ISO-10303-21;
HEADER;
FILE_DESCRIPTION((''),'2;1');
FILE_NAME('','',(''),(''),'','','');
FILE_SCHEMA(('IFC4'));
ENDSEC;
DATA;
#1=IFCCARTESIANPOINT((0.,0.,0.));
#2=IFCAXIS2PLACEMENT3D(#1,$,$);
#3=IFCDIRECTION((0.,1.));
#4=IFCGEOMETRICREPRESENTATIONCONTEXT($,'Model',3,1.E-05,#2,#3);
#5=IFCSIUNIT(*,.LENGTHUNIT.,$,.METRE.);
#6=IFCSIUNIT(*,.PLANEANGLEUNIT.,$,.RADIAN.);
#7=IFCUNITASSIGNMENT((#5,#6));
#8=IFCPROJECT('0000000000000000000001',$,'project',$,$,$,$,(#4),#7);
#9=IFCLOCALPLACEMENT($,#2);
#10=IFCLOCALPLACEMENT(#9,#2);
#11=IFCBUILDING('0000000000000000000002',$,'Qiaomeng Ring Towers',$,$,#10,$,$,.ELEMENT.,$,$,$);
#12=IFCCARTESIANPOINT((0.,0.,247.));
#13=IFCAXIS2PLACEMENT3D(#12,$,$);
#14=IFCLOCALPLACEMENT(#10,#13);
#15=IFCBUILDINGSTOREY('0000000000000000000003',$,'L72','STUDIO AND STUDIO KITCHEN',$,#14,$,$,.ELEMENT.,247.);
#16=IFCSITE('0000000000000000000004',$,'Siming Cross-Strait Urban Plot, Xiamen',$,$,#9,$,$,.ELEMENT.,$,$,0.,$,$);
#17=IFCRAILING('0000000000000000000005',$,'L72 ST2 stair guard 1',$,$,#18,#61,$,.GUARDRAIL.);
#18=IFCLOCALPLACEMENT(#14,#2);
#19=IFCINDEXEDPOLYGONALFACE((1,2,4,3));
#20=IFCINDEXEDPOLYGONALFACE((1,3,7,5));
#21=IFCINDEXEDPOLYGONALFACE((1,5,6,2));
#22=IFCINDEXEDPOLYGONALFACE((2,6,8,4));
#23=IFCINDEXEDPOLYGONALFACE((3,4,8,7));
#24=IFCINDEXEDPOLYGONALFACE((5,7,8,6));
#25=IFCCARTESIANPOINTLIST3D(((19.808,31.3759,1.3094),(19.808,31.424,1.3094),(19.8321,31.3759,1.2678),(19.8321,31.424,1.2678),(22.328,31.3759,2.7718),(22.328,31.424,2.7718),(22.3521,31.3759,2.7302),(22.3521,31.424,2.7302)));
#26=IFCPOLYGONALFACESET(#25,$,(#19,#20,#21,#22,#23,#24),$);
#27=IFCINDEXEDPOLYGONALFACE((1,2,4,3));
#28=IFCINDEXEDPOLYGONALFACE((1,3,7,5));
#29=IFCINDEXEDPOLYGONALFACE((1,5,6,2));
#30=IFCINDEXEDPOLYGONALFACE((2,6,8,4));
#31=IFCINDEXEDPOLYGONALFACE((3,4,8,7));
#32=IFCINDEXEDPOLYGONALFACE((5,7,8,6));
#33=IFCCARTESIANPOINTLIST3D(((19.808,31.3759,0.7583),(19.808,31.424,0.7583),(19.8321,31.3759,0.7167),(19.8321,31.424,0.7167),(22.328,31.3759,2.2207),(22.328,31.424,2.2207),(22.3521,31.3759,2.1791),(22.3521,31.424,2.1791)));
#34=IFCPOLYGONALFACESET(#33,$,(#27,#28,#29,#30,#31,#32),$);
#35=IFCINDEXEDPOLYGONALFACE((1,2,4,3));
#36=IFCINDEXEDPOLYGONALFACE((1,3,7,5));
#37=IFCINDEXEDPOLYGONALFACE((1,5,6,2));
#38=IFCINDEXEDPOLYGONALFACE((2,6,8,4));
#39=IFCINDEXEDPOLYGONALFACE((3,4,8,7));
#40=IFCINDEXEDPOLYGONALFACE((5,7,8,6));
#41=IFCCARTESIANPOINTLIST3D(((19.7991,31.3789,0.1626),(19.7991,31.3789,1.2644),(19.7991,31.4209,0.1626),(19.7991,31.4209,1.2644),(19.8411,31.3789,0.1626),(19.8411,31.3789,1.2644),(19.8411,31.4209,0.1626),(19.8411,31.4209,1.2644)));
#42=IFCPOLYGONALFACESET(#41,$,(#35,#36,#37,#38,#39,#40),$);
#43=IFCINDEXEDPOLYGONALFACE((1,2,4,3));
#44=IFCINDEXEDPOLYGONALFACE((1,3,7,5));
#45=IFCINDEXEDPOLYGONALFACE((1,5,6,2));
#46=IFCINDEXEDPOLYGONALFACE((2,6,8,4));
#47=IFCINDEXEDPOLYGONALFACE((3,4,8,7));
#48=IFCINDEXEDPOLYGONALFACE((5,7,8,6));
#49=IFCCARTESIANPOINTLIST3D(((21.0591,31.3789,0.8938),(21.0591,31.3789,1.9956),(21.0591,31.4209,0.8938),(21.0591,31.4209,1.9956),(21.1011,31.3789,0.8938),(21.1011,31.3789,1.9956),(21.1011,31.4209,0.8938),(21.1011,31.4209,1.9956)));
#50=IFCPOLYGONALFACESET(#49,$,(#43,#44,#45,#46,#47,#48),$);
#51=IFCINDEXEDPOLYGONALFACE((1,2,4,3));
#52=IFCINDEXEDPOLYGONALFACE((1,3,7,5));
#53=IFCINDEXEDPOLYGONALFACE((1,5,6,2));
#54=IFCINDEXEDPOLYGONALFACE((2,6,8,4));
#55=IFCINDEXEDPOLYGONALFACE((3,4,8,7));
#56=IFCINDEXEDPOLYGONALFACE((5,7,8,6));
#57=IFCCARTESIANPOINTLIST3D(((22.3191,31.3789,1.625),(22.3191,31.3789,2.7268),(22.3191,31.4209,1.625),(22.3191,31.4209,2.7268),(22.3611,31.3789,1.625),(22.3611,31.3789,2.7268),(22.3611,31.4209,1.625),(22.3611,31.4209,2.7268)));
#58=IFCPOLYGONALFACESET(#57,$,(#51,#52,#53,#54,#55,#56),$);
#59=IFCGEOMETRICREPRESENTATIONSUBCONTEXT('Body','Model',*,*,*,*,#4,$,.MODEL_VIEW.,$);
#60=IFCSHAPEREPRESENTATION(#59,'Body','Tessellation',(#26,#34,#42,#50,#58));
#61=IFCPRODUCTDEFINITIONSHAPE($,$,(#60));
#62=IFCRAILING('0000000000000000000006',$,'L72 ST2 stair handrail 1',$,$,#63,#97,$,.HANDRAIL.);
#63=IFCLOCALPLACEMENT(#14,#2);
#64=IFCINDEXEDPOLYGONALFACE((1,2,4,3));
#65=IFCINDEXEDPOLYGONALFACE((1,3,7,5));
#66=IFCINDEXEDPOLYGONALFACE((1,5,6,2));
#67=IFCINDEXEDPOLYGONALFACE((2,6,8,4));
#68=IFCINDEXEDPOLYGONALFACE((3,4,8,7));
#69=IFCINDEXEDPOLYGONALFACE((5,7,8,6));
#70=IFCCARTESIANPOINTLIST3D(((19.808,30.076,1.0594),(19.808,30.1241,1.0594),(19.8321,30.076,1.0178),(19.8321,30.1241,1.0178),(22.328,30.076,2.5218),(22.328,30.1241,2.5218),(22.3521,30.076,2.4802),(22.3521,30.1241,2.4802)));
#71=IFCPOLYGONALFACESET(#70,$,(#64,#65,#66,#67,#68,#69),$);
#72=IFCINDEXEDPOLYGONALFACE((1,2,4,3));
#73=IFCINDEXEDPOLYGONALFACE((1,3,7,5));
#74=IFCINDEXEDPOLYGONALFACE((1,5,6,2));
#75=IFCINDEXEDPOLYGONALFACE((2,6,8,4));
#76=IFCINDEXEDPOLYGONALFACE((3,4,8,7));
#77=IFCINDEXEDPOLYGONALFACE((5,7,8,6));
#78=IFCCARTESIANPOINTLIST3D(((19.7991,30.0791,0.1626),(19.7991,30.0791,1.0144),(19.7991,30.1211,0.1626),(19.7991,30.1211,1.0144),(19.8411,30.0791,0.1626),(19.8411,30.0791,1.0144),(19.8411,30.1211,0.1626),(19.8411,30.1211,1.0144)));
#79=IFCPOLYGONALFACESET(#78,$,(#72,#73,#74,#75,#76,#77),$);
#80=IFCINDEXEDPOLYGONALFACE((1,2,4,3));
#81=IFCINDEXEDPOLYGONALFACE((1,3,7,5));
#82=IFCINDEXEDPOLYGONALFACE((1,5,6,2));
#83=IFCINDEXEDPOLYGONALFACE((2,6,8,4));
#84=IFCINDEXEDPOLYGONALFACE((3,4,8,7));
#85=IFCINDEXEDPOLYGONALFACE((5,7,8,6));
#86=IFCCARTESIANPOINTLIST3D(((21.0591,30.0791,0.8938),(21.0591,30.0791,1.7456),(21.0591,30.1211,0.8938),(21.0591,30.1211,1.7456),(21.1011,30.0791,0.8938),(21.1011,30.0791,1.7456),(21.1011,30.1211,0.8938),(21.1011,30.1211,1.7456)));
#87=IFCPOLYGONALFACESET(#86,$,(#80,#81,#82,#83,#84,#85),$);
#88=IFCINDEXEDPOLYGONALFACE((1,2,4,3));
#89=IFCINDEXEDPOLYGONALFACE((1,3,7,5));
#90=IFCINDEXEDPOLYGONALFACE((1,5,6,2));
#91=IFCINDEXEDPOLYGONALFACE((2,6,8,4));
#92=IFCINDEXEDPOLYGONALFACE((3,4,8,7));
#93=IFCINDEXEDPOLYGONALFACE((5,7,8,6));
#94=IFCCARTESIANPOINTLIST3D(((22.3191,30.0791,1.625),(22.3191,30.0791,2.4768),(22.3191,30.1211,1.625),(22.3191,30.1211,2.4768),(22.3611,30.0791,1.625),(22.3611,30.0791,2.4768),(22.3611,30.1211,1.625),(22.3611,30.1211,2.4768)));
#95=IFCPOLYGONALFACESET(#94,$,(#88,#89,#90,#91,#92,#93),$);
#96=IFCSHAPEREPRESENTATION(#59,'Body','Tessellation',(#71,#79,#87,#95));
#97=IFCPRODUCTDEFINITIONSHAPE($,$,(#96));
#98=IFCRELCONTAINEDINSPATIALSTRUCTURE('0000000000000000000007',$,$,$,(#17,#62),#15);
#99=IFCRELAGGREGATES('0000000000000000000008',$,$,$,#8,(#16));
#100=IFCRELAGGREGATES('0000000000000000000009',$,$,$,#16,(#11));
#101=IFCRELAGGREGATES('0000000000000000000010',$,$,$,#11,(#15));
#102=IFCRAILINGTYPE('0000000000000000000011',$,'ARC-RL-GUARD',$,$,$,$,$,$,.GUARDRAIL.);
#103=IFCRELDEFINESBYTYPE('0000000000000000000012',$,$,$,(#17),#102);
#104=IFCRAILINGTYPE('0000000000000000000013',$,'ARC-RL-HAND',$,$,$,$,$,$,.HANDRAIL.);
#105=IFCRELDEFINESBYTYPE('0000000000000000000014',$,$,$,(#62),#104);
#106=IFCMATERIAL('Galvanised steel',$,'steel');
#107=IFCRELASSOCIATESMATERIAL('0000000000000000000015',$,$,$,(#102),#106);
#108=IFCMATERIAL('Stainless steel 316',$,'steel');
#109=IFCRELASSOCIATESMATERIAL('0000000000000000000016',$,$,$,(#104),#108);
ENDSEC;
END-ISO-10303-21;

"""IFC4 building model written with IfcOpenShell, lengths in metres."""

from ifc_helpers import new_model, si_unit, direction, frame, origin, origin_2d, place, context, subcontext, project, spatial, rectangle, extrude, material, type_object, element, save


model = new_model("IFC4")

# Units and contexts
model_context = context("Model", 3, precision=1e-05, world=origin(), true_north=direction((0.0, 1.0)))
body_context = subcontext(model_context, "Body", "Model", "MODEL_VIEW")
ifc_project = project(units=[si_unit("LENGTHUNIT", "METRE"), si_unit("PLANEANGLEUNIT", "RADIAN")], contexts=[model_context])

# Site, building, storey
site_placement = place(None, origin())
site = spatial("IfcSite", under=ifc_project, at=site_placement, Name="Siming Cross-Strait Urban Plot, Xiamen", CompositionType="ELEMENT", RefElevation=0.0)
building_placement = place(site_placement, origin())
building = spatial("IfcBuilding", under=site, at=building_placement, Name="Qiaomeng Ring Towers", CompositionType="ELEMENT")
storey_placement = place(building_placement, frame((0.0, 0.0, 247.0)))
storey = spatial("IfcBuildingStorey", under=building, at=storey_placement, Name="L72", Description="STUDIO AND STUDIO KITCHEN", CompositionType="ELEMENT", Elevation=247.0)

# Railings
ifc_material_1 = material(Name="Galvanised steel", Category="steel")
railing_type_1 = type_object("IfcRailingType", Name="ARC-RL-GUARD", PredefinedType="GUARDRAIL", material=ifc_material_1)
railing_1_placement = place(storey_placement, frame((19.8201, 31.3999, 0.1626)))
element("IfcRailing", 1, at=railing_1_placement, inside=storey, type_object=railing_type_1, Name="L72 ST2 stair guard 1", PredefinedType="GUARDRAIL", context=body_context, shape_type="SweptSolid", body=[
    extrude(rectangle(XDim=0.0481, YDim=0.0481, at=origin_2d()), frame((0.0, 0.0, 1.126), z_axis=(0.864913, 0.0, 0.501921), x_axis=(0.0, 1.0, 0.0)), (0.0, 0.0, 1.0), 2.9136),
    extrude(rectangle(XDim=0.0481, YDim=0.0481, at=origin_2d()), frame((0.0, 0.0, 0.575), z_axis=(0.864913, 0.0, 0.501921), x_axis=(0.0, 1.0, 0.0)), (0.0, 0.0, 1.0), 2.9136),
    extrude(rectangle(XDim=0.042, YDim=0.042, at=origin_2d()), origin(), (0.0, 0.0, 1.0), 1.1018),
    extrude(rectangle(XDim=0.042, YDim=0.042, at=origin_2d()), frame((1.26, 0.0, 0.7312)), (0.0, 0.0, 1.0), 1.1018),
    extrude(rectangle(XDim=0.042, YDim=0.042, at=origin_2d()), frame((2.52, 0.0, 1.4624)), (0.0, 0.0, 1.0), 1.1018),
])
ifc_material_2 = material(Name="Stainless steel 316", Category="steel")
railing_type_2 = type_object("IfcRailingType", Name="ARC-RL-HAND", PredefinedType="HANDRAIL", material=ifc_material_2)
railing_2_placement = place(storey_placement, frame((19.8201, 30.1001, 0.1626)))
element("IfcRailing", 2, at=railing_2_placement, inside=storey, type_object=railing_type_2, Name="L72 ST2 stair handrail 1", PredefinedType="HANDRAIL", context=body_context, shape_type="SweptSolid", body=[
    extrude(rectangle(XDim=0.0481, YDim=0.0481, at=origin_2d()), frame((0.0, 0.0, 0.876), z_axis=(0.864913, 0.0, 0.501921), x_axis=(0.0, 1.0, 0.0)), (0.0, 0.0, 1.0), 2.9136),
    extrude(rectangle(XDim=0.042, YDim=0.042, at=origin_2d()), origin(), (0.0, 0.0, 1.0), 0.8518),
    extrude(rectangle(XDim=0.042, YDim=0.042, at=origin_2d()), frame((1.26, 0.0, 0.7312)), (0.0, 0.0, 1.0), 0.8518),
    extrude(rectangle(XDim=0.042, YDim=0.042, at=origin_2d()), frame((2.52, 0.0, 1.4624)), (0.0, 0.0, 1.0), 0.8518),
])

save(model, "model.ifc")
